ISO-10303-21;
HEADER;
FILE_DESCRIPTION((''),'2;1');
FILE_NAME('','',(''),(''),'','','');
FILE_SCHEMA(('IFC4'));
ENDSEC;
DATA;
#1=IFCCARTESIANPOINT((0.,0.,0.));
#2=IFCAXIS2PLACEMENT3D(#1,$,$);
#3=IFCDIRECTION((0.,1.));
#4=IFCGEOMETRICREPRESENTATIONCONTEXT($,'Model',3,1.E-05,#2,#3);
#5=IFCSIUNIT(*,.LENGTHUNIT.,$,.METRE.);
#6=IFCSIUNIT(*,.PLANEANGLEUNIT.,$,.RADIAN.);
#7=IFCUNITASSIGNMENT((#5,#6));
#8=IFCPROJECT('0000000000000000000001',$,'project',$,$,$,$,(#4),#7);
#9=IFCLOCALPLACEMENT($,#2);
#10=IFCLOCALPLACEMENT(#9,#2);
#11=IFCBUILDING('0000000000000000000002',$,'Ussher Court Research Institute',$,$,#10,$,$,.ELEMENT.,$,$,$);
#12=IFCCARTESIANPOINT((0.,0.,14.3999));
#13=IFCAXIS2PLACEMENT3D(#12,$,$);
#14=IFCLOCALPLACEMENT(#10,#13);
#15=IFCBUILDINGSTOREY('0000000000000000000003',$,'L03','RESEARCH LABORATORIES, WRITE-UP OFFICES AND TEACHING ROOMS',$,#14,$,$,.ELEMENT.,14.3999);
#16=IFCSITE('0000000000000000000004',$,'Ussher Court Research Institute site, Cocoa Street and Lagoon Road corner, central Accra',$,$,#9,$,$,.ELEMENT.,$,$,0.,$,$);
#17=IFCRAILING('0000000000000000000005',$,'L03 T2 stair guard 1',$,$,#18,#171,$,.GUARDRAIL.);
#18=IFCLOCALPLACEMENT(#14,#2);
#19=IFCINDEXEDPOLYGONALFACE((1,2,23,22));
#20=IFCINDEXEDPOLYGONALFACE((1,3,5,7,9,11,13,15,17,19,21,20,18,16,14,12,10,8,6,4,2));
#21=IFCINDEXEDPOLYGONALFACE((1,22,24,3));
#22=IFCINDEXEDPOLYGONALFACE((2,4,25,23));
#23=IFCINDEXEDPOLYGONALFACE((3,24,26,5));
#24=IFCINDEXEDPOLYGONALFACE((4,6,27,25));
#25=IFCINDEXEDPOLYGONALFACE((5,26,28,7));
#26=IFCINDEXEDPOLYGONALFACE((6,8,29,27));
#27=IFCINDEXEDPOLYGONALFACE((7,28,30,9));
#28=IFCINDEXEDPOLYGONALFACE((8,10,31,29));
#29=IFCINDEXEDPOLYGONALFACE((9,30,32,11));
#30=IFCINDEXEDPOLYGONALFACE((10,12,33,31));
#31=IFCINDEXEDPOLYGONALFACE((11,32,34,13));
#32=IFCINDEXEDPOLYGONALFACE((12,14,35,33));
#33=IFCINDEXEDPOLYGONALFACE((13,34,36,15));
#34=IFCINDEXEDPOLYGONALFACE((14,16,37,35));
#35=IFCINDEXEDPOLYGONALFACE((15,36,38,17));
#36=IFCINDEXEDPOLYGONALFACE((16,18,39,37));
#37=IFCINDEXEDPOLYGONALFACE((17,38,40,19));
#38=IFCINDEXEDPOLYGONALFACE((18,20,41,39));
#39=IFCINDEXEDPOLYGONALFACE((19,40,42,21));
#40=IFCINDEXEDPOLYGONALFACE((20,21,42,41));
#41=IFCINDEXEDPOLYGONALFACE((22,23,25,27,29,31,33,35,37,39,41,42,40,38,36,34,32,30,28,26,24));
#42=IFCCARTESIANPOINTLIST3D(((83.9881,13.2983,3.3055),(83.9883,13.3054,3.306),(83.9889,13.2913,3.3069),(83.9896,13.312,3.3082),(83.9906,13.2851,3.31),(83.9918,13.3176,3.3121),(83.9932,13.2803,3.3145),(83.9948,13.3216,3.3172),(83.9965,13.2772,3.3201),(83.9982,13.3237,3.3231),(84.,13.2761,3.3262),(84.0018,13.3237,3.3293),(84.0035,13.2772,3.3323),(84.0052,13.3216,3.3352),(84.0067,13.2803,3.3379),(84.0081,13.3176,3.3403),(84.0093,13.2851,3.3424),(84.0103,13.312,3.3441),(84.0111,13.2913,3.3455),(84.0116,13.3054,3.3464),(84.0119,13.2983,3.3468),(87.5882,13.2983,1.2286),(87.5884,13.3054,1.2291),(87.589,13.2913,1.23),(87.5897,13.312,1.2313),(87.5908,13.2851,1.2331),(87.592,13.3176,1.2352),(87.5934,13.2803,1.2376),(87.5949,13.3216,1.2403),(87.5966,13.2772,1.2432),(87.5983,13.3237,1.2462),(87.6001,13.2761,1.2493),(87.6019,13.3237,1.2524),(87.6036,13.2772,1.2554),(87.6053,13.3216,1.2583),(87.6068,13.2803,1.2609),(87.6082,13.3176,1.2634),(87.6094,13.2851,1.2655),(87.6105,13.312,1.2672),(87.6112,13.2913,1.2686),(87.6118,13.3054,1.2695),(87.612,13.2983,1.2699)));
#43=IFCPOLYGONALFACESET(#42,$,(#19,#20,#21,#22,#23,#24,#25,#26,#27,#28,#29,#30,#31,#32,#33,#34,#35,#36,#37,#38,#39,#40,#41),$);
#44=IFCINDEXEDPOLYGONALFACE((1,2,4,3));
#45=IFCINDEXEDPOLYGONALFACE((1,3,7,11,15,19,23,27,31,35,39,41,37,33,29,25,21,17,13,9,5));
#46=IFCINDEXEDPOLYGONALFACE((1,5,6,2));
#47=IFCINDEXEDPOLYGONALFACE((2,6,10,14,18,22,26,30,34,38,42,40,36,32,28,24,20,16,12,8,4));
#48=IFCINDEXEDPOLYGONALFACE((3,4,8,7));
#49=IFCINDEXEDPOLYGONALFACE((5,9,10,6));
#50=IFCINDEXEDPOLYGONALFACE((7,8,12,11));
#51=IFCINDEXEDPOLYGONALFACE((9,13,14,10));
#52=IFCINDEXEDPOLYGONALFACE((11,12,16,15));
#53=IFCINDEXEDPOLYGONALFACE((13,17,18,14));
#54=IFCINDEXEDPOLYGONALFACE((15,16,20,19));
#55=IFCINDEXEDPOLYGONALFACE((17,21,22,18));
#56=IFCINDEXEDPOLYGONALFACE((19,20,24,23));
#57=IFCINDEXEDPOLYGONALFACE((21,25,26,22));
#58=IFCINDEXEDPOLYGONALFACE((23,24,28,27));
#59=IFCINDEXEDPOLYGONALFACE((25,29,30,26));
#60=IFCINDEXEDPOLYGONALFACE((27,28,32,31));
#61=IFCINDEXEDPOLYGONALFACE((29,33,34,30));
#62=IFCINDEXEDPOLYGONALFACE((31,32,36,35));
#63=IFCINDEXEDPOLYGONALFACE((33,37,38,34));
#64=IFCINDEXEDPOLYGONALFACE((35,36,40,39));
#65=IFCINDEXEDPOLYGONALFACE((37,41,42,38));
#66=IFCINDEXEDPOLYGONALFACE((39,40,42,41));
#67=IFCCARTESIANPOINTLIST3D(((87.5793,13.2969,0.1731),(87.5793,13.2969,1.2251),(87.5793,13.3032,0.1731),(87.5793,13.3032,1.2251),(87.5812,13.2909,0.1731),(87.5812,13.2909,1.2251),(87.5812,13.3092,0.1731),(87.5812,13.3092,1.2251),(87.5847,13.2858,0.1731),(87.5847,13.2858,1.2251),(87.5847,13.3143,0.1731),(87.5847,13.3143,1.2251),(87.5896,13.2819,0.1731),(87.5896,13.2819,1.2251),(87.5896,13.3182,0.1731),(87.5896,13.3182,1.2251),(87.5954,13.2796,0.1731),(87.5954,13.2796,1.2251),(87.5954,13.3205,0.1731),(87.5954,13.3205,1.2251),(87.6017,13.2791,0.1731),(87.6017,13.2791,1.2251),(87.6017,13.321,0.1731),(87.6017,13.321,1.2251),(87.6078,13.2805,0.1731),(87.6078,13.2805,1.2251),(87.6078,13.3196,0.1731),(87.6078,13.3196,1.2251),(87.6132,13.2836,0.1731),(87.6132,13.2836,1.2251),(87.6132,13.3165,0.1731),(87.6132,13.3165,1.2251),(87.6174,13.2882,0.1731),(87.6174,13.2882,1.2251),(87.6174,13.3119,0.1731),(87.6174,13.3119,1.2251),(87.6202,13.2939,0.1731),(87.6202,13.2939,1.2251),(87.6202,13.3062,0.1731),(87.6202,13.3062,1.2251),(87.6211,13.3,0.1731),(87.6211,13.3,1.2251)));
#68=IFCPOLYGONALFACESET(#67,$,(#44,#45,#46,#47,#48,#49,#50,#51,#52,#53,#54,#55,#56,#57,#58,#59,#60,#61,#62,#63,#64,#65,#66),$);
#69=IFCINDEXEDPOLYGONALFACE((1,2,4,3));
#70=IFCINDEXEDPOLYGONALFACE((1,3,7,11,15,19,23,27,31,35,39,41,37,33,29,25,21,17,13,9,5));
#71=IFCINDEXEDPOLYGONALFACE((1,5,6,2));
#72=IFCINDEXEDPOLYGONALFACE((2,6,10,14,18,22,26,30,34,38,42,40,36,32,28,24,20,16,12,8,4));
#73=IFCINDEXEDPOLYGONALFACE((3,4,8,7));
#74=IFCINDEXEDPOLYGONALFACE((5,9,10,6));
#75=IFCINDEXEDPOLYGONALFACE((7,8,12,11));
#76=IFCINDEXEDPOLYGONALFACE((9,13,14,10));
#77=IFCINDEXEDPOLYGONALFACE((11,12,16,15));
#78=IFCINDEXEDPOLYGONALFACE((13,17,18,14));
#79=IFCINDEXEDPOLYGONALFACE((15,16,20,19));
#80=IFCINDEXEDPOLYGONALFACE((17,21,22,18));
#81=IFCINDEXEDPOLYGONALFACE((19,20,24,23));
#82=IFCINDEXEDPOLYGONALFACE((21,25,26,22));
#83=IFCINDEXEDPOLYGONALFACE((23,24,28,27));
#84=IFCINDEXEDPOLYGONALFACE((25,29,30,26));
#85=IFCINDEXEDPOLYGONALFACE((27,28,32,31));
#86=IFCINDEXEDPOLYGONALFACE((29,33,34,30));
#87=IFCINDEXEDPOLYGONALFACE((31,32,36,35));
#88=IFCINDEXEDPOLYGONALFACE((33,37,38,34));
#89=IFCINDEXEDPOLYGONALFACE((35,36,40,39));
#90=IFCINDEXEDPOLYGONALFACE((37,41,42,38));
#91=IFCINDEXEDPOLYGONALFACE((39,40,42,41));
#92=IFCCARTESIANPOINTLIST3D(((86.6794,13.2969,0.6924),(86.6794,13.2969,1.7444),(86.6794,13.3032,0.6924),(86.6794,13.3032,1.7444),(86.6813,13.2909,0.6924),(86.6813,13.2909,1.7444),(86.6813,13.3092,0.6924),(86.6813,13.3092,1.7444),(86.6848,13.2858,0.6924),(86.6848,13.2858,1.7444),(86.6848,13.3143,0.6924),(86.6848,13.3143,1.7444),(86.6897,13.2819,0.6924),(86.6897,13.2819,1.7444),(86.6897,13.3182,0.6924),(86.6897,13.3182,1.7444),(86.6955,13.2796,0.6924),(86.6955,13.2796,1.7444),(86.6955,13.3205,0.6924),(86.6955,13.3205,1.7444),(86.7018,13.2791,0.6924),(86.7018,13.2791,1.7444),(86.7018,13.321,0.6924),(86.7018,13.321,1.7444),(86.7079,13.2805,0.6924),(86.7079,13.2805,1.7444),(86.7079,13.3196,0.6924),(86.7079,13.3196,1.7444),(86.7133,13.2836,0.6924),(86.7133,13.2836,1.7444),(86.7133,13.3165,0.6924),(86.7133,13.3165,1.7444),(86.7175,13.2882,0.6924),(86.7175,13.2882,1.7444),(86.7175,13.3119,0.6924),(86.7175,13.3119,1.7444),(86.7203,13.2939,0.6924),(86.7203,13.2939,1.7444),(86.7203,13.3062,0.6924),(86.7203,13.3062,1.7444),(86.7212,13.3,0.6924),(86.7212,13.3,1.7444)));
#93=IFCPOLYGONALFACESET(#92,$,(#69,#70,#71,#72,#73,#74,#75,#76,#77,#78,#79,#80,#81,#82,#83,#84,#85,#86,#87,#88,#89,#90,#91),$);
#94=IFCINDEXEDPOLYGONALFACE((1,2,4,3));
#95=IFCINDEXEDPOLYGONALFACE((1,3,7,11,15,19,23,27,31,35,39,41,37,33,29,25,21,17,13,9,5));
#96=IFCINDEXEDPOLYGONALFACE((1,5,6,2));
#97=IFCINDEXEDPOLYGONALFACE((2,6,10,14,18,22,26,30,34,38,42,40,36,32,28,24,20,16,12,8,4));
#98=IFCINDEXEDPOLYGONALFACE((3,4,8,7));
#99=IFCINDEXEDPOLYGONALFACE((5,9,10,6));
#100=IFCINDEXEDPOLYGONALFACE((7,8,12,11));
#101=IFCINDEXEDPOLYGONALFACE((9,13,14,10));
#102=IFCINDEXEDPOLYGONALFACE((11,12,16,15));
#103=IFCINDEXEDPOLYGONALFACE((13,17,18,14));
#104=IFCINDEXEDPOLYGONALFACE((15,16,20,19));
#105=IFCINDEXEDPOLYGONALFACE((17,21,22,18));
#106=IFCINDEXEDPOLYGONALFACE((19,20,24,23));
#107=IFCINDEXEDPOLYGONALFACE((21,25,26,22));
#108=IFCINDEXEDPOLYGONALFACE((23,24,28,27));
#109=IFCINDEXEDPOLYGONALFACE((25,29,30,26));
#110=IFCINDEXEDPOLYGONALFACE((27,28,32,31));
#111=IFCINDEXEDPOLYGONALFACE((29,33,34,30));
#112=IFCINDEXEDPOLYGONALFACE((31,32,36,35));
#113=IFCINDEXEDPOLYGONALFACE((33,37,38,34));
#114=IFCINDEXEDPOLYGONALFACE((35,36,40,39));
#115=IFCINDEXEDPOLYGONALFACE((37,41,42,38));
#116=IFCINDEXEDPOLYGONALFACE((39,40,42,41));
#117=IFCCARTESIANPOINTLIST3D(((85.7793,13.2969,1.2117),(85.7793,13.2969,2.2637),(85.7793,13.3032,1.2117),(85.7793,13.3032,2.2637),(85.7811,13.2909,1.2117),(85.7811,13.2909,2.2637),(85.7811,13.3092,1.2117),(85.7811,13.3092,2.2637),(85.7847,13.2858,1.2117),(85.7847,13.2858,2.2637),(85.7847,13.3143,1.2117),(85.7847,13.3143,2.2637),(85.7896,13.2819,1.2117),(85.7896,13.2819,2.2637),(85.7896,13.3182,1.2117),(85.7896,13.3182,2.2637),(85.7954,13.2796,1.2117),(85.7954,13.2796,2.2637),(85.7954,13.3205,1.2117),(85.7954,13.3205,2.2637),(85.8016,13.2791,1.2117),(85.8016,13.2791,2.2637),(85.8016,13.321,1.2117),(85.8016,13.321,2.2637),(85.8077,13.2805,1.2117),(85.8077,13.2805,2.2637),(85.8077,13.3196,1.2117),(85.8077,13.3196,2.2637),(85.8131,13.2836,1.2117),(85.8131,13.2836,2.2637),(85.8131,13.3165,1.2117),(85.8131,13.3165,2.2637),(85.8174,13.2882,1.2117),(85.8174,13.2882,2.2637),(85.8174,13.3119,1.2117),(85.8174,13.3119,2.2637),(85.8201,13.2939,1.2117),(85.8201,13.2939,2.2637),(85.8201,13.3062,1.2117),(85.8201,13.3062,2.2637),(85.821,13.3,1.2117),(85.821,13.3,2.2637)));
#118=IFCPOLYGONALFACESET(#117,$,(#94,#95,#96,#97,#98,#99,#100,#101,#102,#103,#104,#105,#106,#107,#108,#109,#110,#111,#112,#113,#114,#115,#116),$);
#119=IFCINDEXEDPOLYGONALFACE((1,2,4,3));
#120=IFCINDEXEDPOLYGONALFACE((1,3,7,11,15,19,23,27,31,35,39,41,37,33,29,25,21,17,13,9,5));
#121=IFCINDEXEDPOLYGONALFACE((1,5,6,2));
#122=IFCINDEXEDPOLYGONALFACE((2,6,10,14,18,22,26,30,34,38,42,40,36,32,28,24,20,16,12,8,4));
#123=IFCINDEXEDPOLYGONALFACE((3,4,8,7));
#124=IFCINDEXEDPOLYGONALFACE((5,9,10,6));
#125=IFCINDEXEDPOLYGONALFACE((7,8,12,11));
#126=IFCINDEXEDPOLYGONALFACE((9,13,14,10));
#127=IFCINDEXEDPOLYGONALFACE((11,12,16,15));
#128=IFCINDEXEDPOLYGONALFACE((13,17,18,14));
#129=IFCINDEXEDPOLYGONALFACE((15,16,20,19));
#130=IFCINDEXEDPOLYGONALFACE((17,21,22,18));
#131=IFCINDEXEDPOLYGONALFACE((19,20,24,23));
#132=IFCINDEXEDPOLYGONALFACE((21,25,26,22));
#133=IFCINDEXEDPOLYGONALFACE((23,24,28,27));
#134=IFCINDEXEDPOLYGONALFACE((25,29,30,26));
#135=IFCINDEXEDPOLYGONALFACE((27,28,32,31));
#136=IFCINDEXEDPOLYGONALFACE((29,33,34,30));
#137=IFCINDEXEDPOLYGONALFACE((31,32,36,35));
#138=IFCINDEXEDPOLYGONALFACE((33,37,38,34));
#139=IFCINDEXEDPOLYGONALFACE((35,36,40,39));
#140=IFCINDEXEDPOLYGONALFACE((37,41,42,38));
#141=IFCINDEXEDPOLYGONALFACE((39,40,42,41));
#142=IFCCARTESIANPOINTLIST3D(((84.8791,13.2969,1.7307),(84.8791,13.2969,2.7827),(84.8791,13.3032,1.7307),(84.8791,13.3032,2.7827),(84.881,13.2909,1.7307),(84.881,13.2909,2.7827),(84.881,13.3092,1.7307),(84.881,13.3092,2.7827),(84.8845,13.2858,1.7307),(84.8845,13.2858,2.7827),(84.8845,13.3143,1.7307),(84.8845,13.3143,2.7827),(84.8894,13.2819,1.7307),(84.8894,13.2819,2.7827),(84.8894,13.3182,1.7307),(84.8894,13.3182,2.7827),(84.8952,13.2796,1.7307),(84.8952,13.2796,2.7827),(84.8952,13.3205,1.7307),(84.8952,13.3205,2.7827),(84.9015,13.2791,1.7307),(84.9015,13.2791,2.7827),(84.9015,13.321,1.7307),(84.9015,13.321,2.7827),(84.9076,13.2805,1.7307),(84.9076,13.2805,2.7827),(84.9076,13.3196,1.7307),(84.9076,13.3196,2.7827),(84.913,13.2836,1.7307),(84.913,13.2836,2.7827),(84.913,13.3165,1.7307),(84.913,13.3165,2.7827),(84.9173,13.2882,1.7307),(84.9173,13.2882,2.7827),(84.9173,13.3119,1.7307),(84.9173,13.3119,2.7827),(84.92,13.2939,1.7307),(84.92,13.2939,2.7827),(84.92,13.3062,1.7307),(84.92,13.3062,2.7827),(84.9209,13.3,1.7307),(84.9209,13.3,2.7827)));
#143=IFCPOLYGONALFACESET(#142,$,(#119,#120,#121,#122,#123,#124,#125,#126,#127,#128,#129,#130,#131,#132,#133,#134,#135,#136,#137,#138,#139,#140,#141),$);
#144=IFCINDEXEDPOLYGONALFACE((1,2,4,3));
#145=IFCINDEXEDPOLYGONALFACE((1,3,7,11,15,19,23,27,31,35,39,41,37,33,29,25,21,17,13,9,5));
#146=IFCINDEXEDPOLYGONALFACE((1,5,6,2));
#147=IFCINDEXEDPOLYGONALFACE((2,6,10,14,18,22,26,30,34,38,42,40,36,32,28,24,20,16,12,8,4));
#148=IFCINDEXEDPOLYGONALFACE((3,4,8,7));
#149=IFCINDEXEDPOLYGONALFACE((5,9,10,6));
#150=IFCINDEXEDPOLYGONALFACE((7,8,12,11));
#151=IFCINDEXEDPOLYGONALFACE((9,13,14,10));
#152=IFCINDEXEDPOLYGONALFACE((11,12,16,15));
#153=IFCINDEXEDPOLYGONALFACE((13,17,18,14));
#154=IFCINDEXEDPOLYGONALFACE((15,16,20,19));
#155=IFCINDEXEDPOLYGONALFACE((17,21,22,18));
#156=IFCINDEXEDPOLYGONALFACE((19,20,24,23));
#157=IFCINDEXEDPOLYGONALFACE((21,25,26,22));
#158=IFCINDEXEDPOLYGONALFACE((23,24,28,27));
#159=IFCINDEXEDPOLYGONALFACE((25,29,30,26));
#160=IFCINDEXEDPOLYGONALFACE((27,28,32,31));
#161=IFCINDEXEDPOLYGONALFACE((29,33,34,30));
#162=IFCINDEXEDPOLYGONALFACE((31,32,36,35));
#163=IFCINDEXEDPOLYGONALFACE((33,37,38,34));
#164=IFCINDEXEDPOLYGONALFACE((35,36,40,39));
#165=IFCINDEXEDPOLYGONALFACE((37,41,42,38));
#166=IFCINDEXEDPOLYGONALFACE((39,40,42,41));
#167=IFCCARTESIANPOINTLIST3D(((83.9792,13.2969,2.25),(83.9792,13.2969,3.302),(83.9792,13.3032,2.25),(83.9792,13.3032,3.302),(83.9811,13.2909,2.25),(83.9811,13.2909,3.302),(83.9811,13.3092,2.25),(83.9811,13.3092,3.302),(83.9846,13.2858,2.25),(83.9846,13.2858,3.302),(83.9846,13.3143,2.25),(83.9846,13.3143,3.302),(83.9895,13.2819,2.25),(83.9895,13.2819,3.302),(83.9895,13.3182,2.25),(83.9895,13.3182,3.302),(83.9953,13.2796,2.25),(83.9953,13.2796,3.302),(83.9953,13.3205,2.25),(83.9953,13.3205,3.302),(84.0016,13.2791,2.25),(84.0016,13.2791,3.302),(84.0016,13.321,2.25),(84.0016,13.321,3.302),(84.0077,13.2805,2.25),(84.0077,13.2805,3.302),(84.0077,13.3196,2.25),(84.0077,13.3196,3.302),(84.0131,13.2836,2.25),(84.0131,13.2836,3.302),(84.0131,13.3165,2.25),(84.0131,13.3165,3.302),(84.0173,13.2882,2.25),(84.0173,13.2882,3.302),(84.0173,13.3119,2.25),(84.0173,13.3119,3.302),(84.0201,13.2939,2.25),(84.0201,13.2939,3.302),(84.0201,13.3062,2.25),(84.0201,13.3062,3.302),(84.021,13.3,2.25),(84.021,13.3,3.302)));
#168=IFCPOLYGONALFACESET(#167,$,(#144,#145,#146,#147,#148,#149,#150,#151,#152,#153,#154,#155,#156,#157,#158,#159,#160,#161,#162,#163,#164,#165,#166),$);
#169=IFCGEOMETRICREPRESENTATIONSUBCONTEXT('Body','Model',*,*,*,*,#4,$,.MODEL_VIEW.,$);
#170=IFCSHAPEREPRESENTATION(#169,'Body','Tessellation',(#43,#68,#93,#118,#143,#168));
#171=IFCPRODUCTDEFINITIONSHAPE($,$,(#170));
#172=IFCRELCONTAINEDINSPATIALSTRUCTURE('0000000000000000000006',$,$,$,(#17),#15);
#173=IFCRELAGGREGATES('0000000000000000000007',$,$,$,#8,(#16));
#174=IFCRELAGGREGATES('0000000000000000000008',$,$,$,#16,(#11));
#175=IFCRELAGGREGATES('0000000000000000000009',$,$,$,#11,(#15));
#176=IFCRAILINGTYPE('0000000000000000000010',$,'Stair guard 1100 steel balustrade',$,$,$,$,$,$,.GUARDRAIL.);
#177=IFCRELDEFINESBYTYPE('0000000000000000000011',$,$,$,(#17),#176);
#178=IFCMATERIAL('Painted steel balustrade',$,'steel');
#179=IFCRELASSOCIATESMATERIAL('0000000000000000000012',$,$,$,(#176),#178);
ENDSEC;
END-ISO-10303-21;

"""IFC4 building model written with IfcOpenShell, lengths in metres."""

from ifc_helpers import new_model, si_unit, direction, frame, origin, origin_2d, place, context, subcontext, project, spatial, circle, extrude, material, type_object, element, save


model = new_model("IFC4")

# Units and contexts
model_context = context("Model", 3, precision=1e-05, world=origin(), true_north=direction((0.0, 1.0)))
body_context = subcontext(model_context, "Body", "Model", "MODEL_VIEW")
ifc_project = project(units=[si_unit("LENGTHUNIT", "METRE"), si_unit("PLANEANGLEUNIT", "RADIAN")], contexts=[model_context])

# Site, building, storey
site_placement = place(None, origin())
site = spatial("IfcSite", under=ifc_project, at=site_placement, Name="Ussher Court Research Institute site, Cocoa Street and Lagoon Road corner, central Accra", CompositionType="ELEMENT", RefElevation=0.0)
building_placement = place(site_placement, origin())
building = spatial("IfcBuilding", under=site, at=building_placement, Name="Ussher Court Research Institute", CompositionType="ELEMENT")
storey_placement = place(building_placement, frame((0.0, 0.0, 14.3999)))
storey = spatial("IfcBuildingStorey", under=building, at=storey_placement, Name="L03", Description="RESEARCH LABORATORIES, WRITE-UP OFFICES AND TEACHING ROOMS", CompositionType="ELEMENT", Elevation=14.3999)

# Railing
ifc_material_1 = material(Name="Painted steel balustrade", Category="steel")
railing_type_1 = type_object("IfcRailingType", Name="Stair guard 1100 steel balustrade", PredefinedType="GUARDRAIL", material=ifc_material_1)
railing_1_placement = place(storey_placement, frame((87.6001, 13.3, 0.1731)))
element("IfcRailing", 1, at=railing_1_placement, inside=storey, type_object=railing_type_1, Name="L03 T2 stair guard 1", PredefinedType="GUARDRAIL", context=body_context, shape_type="SweptSolid", body=[
    extrude(circle(Radius=0.0239, at=origin_2d()), frame((0.0, 0.0, 1.0762), z_axis=(-0.866193, 0.0, 0.499709), x_axis=(0.0, -1.0, 0.0)), (0.0, 0.0, 1.0), 4.1562),
    extrude(circle(Radius=0.021, at=origin_2d()), origin(), (0.0, 0.0, 1.0), 1.052),
    extrude(circle(Radius=0.021, at=origin_2d()), frame((-0.8999, 0.0, 0.5193)), (0.0, 0.0, 1.0), 1.052),
    extrude(circle(Radius=0.021, at=origin_2d()), frame((-1.8, 0.0, 1.0386)), (0.0, 0.0, 1.0), 1.052),
    extrude(circle(Radius=0.021, at=origin_2d()), frame((-2.7002, 0.0, 1.5576)), (0.0, 0.0, 1.0), 1.052),
    extrude(circle(Radius=0.021, at=origin_2d()), frame((-3.6001, 0.0, 2.0769)), (0.0, 0.0, 1.0), 1.052),
])

save(model, "model.ifc")
